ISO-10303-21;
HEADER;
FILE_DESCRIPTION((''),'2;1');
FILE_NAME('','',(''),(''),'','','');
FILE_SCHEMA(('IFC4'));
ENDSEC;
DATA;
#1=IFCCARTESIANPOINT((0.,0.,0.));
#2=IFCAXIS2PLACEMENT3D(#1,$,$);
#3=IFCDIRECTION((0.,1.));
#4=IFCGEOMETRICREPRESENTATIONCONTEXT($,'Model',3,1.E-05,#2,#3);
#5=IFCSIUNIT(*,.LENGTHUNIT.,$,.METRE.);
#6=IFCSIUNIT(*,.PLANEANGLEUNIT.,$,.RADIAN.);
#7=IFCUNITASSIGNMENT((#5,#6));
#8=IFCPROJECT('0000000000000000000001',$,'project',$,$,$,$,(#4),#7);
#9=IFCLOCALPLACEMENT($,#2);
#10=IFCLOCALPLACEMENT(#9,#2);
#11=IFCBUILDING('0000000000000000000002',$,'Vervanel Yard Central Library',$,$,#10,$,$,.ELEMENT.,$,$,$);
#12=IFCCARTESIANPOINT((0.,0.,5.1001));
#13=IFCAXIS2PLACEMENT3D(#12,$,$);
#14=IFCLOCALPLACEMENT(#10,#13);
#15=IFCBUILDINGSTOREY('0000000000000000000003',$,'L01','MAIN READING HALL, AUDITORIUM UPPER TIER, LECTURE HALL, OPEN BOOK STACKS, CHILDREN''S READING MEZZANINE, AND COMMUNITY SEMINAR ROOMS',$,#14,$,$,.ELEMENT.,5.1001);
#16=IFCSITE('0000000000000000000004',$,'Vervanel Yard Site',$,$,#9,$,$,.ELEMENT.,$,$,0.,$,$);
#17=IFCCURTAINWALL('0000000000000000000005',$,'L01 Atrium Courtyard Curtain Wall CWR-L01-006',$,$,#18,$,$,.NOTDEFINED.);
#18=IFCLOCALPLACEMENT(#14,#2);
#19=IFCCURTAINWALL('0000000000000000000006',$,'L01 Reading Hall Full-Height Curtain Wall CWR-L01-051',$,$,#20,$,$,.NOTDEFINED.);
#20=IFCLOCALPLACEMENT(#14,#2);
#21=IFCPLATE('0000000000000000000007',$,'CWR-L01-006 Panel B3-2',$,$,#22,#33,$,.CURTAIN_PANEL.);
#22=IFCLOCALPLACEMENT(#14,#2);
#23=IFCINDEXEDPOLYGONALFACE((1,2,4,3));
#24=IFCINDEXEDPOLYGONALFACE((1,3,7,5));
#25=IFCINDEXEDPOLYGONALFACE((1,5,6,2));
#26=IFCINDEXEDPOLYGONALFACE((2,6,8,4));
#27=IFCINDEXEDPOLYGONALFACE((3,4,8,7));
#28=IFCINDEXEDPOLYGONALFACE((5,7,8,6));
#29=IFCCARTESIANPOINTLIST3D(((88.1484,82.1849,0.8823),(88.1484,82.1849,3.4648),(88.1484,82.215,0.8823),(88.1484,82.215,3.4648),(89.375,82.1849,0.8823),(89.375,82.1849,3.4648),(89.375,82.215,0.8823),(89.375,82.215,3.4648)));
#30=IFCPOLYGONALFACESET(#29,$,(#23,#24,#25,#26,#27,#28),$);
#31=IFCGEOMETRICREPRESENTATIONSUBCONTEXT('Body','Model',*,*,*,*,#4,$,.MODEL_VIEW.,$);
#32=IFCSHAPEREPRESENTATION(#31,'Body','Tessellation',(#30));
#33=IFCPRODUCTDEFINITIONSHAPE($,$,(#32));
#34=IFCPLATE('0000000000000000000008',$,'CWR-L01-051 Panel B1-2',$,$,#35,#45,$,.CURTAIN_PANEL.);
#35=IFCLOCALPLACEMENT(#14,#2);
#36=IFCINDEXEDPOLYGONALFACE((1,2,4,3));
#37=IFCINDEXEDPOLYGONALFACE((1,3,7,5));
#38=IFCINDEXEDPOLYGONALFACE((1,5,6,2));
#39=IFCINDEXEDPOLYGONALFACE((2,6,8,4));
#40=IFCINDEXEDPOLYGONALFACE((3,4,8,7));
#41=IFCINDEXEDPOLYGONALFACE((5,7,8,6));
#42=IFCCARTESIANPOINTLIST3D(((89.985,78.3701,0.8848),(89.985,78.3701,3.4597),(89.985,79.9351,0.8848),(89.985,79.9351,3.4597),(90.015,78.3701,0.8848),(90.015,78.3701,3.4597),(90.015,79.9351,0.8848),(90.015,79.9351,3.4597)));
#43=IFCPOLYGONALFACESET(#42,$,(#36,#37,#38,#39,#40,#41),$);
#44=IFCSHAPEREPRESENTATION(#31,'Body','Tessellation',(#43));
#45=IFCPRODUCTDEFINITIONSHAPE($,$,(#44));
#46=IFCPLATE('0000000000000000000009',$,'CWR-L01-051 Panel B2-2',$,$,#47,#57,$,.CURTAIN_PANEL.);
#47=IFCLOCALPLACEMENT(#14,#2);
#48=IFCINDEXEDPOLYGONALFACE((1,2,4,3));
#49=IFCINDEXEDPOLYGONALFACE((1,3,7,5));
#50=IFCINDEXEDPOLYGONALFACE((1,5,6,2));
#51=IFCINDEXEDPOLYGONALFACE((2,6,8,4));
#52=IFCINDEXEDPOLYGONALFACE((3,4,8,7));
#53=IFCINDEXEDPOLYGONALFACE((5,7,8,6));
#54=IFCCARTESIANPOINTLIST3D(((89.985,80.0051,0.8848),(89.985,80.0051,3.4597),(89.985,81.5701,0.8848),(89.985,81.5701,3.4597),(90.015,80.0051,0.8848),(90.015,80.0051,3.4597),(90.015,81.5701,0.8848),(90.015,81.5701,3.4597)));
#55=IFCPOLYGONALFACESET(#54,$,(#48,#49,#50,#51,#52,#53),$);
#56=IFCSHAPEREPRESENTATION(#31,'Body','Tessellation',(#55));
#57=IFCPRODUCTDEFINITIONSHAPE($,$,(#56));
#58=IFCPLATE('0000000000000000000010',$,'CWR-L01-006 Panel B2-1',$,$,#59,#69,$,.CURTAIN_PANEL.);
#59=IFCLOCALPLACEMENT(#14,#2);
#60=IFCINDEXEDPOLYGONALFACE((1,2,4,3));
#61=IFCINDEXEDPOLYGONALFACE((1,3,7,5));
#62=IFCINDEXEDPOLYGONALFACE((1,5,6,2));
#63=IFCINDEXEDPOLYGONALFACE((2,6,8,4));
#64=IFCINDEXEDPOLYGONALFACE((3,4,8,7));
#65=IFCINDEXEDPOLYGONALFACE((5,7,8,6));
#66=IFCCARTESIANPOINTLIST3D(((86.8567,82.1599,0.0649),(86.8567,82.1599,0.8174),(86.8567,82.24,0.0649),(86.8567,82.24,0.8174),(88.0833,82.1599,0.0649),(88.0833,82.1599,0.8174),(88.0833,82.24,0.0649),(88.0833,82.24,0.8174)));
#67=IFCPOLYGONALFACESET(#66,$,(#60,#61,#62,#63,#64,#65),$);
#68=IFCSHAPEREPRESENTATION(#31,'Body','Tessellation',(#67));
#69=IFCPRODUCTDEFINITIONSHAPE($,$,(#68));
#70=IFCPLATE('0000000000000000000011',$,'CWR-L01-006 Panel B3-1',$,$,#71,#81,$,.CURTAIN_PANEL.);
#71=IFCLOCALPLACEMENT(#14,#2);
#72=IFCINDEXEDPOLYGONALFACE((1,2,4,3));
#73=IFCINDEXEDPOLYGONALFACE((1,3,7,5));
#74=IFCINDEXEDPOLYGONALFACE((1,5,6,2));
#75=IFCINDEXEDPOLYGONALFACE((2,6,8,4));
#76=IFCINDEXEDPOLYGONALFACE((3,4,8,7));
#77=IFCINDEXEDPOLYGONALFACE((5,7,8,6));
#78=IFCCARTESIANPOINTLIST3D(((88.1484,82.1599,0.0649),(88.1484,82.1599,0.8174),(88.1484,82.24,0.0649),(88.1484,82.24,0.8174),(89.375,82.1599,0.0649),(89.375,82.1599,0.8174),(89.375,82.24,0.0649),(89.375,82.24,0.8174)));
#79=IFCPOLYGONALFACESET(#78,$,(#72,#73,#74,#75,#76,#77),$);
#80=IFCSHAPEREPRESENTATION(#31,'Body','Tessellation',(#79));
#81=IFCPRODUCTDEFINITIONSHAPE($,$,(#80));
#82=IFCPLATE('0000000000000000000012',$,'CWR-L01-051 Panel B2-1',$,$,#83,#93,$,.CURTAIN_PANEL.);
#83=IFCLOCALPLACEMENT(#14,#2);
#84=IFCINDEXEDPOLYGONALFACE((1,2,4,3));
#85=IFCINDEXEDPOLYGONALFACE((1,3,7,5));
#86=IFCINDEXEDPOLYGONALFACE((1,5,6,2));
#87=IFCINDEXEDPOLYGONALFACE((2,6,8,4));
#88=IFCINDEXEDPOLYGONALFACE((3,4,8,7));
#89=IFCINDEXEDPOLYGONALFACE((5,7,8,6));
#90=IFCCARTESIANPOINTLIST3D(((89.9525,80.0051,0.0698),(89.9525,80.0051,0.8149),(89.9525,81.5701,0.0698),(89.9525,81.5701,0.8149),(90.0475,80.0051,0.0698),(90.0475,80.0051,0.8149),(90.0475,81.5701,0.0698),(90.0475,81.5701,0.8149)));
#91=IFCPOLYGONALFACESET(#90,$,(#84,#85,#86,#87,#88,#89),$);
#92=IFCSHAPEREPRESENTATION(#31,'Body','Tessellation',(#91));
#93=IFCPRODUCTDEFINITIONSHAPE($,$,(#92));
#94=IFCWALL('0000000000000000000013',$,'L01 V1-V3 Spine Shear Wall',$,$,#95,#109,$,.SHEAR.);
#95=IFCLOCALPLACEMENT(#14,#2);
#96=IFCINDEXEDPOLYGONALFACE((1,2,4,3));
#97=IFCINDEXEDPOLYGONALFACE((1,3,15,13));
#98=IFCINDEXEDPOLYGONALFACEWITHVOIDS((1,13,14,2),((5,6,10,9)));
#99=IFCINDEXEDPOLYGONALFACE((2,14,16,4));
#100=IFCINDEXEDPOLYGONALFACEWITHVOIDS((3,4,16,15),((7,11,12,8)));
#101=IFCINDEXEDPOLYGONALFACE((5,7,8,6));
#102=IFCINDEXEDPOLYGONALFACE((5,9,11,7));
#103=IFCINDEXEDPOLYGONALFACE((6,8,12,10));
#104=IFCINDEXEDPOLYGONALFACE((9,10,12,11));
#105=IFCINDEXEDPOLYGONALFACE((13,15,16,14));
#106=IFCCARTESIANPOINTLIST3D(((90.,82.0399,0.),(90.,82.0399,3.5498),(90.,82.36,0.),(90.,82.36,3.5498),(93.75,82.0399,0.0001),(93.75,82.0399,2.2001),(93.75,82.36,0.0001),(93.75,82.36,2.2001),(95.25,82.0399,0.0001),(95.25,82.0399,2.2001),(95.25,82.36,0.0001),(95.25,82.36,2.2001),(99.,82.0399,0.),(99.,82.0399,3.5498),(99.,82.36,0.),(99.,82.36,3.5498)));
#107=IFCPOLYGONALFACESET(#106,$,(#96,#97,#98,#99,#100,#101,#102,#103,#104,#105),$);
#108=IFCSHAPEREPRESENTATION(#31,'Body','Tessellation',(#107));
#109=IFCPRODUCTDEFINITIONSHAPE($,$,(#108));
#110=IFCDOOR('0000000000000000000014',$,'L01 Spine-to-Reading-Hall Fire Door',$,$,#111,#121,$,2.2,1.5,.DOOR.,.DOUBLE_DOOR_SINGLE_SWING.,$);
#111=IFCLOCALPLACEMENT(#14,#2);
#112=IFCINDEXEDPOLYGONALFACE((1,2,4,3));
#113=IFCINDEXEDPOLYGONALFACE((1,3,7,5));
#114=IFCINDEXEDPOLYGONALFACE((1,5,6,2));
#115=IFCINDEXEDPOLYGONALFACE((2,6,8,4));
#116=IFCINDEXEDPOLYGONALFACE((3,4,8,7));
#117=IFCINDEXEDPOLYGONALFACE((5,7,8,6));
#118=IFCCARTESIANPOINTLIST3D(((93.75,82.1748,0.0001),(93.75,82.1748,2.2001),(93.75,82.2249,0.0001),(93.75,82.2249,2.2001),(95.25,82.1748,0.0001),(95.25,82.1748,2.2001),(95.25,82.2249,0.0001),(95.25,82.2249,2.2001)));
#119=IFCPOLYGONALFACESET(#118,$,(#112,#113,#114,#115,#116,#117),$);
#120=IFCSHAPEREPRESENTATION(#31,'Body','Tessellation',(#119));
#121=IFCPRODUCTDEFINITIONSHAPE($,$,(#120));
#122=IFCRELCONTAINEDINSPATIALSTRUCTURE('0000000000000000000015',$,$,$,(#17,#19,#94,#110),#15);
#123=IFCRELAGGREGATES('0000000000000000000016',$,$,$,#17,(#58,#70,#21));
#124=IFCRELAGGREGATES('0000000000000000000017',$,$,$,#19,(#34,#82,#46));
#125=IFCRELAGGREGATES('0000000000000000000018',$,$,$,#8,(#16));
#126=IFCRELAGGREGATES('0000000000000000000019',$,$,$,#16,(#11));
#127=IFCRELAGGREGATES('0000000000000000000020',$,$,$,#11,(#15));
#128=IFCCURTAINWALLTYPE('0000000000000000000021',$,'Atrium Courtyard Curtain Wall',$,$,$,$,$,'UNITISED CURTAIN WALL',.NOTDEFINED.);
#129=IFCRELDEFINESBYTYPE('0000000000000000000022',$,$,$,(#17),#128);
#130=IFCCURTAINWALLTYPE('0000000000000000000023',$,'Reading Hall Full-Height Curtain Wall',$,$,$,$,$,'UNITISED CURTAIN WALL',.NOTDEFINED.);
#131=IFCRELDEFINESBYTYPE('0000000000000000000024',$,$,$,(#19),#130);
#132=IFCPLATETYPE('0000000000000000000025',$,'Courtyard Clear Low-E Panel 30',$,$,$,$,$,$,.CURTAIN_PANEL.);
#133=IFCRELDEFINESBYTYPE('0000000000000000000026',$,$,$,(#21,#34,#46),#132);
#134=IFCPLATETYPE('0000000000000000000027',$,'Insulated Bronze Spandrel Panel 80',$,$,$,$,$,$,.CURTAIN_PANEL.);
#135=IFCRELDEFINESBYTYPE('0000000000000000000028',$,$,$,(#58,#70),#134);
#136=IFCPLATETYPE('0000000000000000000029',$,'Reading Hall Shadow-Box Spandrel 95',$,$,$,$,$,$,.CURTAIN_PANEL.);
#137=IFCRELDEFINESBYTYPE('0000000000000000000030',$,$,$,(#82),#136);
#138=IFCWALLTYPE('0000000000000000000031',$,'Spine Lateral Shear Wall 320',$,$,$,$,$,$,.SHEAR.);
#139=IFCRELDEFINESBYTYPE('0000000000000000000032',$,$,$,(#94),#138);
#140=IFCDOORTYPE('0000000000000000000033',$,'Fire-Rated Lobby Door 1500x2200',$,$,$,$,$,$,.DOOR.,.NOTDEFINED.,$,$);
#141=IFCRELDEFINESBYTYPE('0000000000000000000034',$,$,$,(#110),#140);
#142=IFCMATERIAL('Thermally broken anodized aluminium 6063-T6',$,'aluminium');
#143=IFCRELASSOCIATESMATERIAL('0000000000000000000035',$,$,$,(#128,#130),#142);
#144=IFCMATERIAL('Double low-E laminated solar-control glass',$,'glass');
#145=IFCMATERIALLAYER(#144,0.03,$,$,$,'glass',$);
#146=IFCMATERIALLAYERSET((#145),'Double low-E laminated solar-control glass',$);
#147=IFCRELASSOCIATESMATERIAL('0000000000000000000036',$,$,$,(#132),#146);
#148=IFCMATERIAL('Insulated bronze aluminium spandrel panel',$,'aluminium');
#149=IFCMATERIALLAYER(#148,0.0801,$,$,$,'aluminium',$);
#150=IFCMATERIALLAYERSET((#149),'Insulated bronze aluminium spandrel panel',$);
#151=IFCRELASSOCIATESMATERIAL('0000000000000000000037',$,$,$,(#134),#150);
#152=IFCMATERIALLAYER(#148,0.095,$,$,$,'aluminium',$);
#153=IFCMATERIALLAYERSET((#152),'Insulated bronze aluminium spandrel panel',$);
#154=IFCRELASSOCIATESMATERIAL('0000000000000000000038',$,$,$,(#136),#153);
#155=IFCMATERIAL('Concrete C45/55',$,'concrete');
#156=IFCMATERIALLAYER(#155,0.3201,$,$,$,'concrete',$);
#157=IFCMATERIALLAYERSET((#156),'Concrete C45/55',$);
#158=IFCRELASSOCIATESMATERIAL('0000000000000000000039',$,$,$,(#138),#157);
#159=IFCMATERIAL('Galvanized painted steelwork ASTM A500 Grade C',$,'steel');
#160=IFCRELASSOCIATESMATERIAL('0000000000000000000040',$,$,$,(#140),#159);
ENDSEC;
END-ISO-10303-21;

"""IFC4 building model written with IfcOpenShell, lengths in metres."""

from ifc_helpers import new_model, si_unit, direction, frame, frame_2d, origin, origin_2d, place, context, subcontext, project, spatial, rectangle, extrude, material, layer, layer_set, type_object, element, fill, aggregate, save


model = new_model("IFC4")

# Units and contexts
model_context = context("Model", 3, precision=1e-05, world=origin(), true_north=direction((0.0, 1.0)))
body_context = subcontext(model_context, "Body", "Model", "MODEL_VIEW")
ifc_project = project(units=[si_unit("LENGTHUNIT", "METRE"), si_unit("PLANEANGLEUNIT", "RADIAN")], contexts=[model_context])

# Site, building, storey
site_placement = place(None, origin())
site = spatial("IfcSite", under=ifc_project, at=site_placement, Name="Vervanel Yard Site", CompositionType="ELEMENT", RefElevation=0.0)
building_placement = place(site_placement, origin())
building = spatial("IfcBuilding", under=site, at=building_placement, Name="Vervanel Yard Central Library", CompositionType="ELEMENT")
storey_placement = place(building_placement, frame((0.0, 0.0, 5.1001)))
storey = spatial("IfcBuildingStorey", under=building, at=storey_placement, Name="L01", Description="MAIN READING HALL, AUDITORIUM UPPER TIER, LECTURE HALL, OPEN BOOK STACKS, CHILDREN'S READING MEZZANINE, AND COMMUNITY SEMINAR ROOMS", CompositionType="ELEMENT", Elevation=5.1001)

# Shared definitions
ifc_material_1 = material(Name="Concrete C45/55", Category="concrete")

# Curtain walls
ifc_material_2 = material(Name="Thermally broken anodized aluminium 6063-T6", Category="aluminium")
curtain_wall_type_1 = type_object("IfcCurtainWallType", Name="Atrium Courtyard Curtain Wall", ElementType="UNITISED CURTAIN WALL", PredefinedType="NOTDEFINED", material=ifc_material_2)
curtain_wall_1_placement = place(storey_placement, origin())
curtain_wall_1 = element("IfcCurtainWall", 1, at=curtain_wall_1_placement, inside=storey, type_object=curtain_wall_type_1, Name="L01 Atrium Courtyard Curtain Wall CWR-L01-006", PredefinedType="NOTDEFINED")
curtain_wall_type_2 = type_object("IfcCurtainWallType", Name="Reading Hall Full-Height Curtain Wall", ElementType="UNITISED CURTAIN WALL", PredefinedType="NOTDEFINED", material=ifc_material_2)
curtain_wall_2_placement = place(storey_placement, origin())
curtain_wall_2 = element("IfcCurtainWall", 2, at=curtain_wall_2_placement, inside=storey, type_object=curtain_wall_type_2, Name="L01 Reading Hall Full-Height Curtain Wall CWR-L01-051", PredefinedType="NOTDEFINED")

# Plates
ifc_material_3 = material(Name="Double low-E laminated solar-control glass", Category="glass")
ifc_layer_1 = layer(ifc_material_3, 0.03, Category="glass")
ifc_layer_set_1 = layer_set([ifc_layer_1], Name="Double low-E laminated solar-control glass")
plate_type_1 = type_object("IfcPlateType", Name="Courtyard Clear Low-E Panel 30", PredefinedType="CURTAIN_PANEL", material=ifc_layer_set_1)
plate_1_placement = place(storey_placement, frame((88.7617, 82.2, 0.8823), z_axis=(0.0, 0.0, 1.0), x_axis=(1.0, 0.0, 0.0)))
plate_1 = element("IfcPlate", 3, at=plate_1_placement, type_object=plate_type_1, Name="CWR-L01-006 Panel B3-2", PredefinedType="CURTAIN_PANEL", context=body_context, shape_type="SweptSolid", body=[
    extrude(rectangle(XDim=1.2266, YDim=0.03, at=origin_2d()), origin(), (0.0, 0.0, 1.0), 2.5825),
])
plate_2_placement = place(storey_placement, frame((90.0, 79.1526, 0.8848), z_axis=(0.0, 0.0, 1.0), x_axis=(0.0, 1.0, 0.0)))
plate_2 = element("IfcPlate", 4, at=plate_2_placement, type_object=plate_type_1, Name="CWR-L01-051 Panel B1-2", PredefinedType="CURTAIN_PANEL", context=body_context, shape_type="SweptSolid", body=[
    extrude(rectangle(XDim=1.5649, YDim=0.03, at=origin_2d()), origin(), (0.0, 0.0, 1.0), 2.575),
])
plate_3_placement = place(storey_placement, frame((90.0, 80.7876, 0.8848), z_axis=(0.0, 0.0, 1.0), x_axis=(0.0, 1.0, 0.0)))
plate_3 = element("IfcPlate", 5, at=plate_3_placement, type_object=plate_type_1, Name="CWR-L01-051 Panel B2-2", PredefinedType="CURTAIN_PANEL", context=body_context, shape_type="SweptSolid", body=[
    extrude(rectangle(XDim=1.5649, YDim=0.03, at=origin_2d()), origin(), (0.0, 0.0, 1.0), 2.575),
])
ifc_material_4 = material(Name="Insulated bronze aluminium spandrel panel", Category="aluminium")
ifc_layer_2 = layer(ifc_material_4, 0.0801, Category="aluminium")
ifc_layer_set_2 = layer_set([ifc_layer_2], Name="Insulated bronze aluminium spandrel panel")
plate_type_2 = type_object("IfcPlateType", Name="Insulated Bronze Spandrel Panel 80", PredefinedType="CURTAIN_PANEL", material=ifc_layer_set_2)
plate_4_placement = place(storey_placement, frame((87.47, 82.2, 0.0649), z_axis=(0.0, 0.0, 1.0), x_axis=(1.0, 0.0, 0.0)))
plate_4 = element("IfcPlate", 6, at=plate_4_placement, type_object=plate_type_2, Name="CWR-L01-006 Panel B2-1", PredefinedType="CURTAIN_PANEL", context=body_context, shape_type="SweptSolid", body=[
    extrude(rectangle(XDim=1.2266, YDim=0.0801, at=origin_2d()), origin(), (0.0, 0.0, 1.0), 0.7524),
])
plate_5_placement = place(storey_placement, frame((88.7617, 82.2, 0.0649), z_axis=(0.0, 0.0, 1.0), x_axis=(1.0, 0.0, 0.0)))
plate_5 = element("IfcPlate", 7, at=plate_5_placement, type_object=plate_type_2, Name="CWR-L01-006 Panel B3-1", PredefinedType="CURTAIN_PANEL", context=body_context, shape_type="SweptSolid", body=[
    extrude(rectangle(XDim=1.2266, YDim=0.0801, at=origin_2d()), origin(), (0.0, 0.0, 1.0), 0.7524),
])
aggregate(curtain_wall_1, [plate_4, plate_5, plate_1])
ifc_layer_3 = layer(ifc_material_4, 0.095, Category="aluminium")
ifc_layer_set_3 = layer_set([ifc_layer_3], Name="Insulated bronze aluminium spandrel panel")
plate_type_3 = type_object("IfcPlateType", Name="Reading Hall Shadow-Box Spandrel 95", PredefinedType="CURTAIN_PANEL", material=ifc_layer_set_3)
plate_6_placement = place(storey_placement, frame((90.0, 80.7876, 0.0698), z_axis=(0.0, 0.0, 1.0), x_axis=(0.0, 1.0, 0.0)))
plate_6 = element("IfcPlate", 8, at=plate_6_placement, type_object=plate_type_3, Name="CWR-L01-051 Panel B2-1", PredefinedType="CURTAIN_PANEL", context=body_context, shape_type="SweptSolid", body=[
    extrude(rectangle(XDim=1.5649, YDim=0.095, at=origin_2d()), origin(), (0.0, 0.0, 1.0), 0.7451),
])
aggregate(curtain_wall_2, [plate_2, plate_6, plate_3])

# Wall, opening, door
ifc_layer_4 = layer(ifc_material_1, 0.3201, Category="concrete")
ifc_layer_set_4 = layer_set([ifc_layer_4], Name="Concrete C45/55")
wall_type = type_object("IfcWallType", Name="Spine Lateral Shear Wall 320", PredefinedType="SHEAR", material=ifc_layer_set_4)
wall_placement = place(storey_placement, frame((90.0, 82.2, 0.0), z_axis=(0.0, 0.0, 1.0), x_axis=(1.0, 0.0, 0.0)))
wall = element("IfcWall", 9, at=wall_placement, inside=storey, type_object=wall_type, Name="L01 V1-V3 Spine Shear Wall", PredefinedType="SHEAR", context=body_context, shape_type="SweptSolid", body=[
    extrude(rectangle(XDim=9.0, YDim=0.3201, at=frame_2d((4.5, 0.0))), origin(), (0.0, 0.0, 1.0), 3.5498),
])
opening_placement = place(wall_placement, frame((3.75, 0.0, 0.0)))
opening = element("IfcOpeningElement", 10, at=opening_placement, cuts=wall, PredefinedType="OPENING", context=body_context, shape_type="SweptSolid", body=[
    extrude(rectangle(XDim=1.5, YDim=2.2, at=frame_2d((0.75, 1.1001))), frame((0.0, 0.1699, 0.0), z_axis=(0.0, -1.0, 0.0), x_axis=(1.0, 0.0, 0.0)), (0.0, 0.0, 1.0), 0.3401),
])
ifc_material_5 = material(Name="Galvanized painted steelwork ASTM A500 Grade C", Category="steel")
door_type = type_object("IfcDoorType", Name="Fire-Rated Lobby Door 1500x2200", OperationType="NOTDEFINED", PredefinedType="DOOR", material=ifc_material_5)
door_placement = place(opening_placement, origin())
door = element("IfcDoor", 11, at=door_placement, inside=storey, type_object=door_type, Name="L01 Spine-to-Reading-Hall Fire Door", OperationType="DOUBLE_DOOR_SINGLE_SWING", OverallHeight=2.2, OverallWidth=1.5, PredefinedType="DOOR", context=body_context, shape_type="SweptSolid", body=[
    extrude(rectangle(XDim=1.5, YDim=2.2, at=frame_2d((0.75, 1.1001))), frame((0.0, 0.0249, 0.0), z_axis=(0.0, -1.0, 0.0), x_axis=(1.0, 0.0, 0.0)), (0.0, 0.0, 1.0), 0.05),
])
fill(opening, door)

save(model, "model.ifc")
